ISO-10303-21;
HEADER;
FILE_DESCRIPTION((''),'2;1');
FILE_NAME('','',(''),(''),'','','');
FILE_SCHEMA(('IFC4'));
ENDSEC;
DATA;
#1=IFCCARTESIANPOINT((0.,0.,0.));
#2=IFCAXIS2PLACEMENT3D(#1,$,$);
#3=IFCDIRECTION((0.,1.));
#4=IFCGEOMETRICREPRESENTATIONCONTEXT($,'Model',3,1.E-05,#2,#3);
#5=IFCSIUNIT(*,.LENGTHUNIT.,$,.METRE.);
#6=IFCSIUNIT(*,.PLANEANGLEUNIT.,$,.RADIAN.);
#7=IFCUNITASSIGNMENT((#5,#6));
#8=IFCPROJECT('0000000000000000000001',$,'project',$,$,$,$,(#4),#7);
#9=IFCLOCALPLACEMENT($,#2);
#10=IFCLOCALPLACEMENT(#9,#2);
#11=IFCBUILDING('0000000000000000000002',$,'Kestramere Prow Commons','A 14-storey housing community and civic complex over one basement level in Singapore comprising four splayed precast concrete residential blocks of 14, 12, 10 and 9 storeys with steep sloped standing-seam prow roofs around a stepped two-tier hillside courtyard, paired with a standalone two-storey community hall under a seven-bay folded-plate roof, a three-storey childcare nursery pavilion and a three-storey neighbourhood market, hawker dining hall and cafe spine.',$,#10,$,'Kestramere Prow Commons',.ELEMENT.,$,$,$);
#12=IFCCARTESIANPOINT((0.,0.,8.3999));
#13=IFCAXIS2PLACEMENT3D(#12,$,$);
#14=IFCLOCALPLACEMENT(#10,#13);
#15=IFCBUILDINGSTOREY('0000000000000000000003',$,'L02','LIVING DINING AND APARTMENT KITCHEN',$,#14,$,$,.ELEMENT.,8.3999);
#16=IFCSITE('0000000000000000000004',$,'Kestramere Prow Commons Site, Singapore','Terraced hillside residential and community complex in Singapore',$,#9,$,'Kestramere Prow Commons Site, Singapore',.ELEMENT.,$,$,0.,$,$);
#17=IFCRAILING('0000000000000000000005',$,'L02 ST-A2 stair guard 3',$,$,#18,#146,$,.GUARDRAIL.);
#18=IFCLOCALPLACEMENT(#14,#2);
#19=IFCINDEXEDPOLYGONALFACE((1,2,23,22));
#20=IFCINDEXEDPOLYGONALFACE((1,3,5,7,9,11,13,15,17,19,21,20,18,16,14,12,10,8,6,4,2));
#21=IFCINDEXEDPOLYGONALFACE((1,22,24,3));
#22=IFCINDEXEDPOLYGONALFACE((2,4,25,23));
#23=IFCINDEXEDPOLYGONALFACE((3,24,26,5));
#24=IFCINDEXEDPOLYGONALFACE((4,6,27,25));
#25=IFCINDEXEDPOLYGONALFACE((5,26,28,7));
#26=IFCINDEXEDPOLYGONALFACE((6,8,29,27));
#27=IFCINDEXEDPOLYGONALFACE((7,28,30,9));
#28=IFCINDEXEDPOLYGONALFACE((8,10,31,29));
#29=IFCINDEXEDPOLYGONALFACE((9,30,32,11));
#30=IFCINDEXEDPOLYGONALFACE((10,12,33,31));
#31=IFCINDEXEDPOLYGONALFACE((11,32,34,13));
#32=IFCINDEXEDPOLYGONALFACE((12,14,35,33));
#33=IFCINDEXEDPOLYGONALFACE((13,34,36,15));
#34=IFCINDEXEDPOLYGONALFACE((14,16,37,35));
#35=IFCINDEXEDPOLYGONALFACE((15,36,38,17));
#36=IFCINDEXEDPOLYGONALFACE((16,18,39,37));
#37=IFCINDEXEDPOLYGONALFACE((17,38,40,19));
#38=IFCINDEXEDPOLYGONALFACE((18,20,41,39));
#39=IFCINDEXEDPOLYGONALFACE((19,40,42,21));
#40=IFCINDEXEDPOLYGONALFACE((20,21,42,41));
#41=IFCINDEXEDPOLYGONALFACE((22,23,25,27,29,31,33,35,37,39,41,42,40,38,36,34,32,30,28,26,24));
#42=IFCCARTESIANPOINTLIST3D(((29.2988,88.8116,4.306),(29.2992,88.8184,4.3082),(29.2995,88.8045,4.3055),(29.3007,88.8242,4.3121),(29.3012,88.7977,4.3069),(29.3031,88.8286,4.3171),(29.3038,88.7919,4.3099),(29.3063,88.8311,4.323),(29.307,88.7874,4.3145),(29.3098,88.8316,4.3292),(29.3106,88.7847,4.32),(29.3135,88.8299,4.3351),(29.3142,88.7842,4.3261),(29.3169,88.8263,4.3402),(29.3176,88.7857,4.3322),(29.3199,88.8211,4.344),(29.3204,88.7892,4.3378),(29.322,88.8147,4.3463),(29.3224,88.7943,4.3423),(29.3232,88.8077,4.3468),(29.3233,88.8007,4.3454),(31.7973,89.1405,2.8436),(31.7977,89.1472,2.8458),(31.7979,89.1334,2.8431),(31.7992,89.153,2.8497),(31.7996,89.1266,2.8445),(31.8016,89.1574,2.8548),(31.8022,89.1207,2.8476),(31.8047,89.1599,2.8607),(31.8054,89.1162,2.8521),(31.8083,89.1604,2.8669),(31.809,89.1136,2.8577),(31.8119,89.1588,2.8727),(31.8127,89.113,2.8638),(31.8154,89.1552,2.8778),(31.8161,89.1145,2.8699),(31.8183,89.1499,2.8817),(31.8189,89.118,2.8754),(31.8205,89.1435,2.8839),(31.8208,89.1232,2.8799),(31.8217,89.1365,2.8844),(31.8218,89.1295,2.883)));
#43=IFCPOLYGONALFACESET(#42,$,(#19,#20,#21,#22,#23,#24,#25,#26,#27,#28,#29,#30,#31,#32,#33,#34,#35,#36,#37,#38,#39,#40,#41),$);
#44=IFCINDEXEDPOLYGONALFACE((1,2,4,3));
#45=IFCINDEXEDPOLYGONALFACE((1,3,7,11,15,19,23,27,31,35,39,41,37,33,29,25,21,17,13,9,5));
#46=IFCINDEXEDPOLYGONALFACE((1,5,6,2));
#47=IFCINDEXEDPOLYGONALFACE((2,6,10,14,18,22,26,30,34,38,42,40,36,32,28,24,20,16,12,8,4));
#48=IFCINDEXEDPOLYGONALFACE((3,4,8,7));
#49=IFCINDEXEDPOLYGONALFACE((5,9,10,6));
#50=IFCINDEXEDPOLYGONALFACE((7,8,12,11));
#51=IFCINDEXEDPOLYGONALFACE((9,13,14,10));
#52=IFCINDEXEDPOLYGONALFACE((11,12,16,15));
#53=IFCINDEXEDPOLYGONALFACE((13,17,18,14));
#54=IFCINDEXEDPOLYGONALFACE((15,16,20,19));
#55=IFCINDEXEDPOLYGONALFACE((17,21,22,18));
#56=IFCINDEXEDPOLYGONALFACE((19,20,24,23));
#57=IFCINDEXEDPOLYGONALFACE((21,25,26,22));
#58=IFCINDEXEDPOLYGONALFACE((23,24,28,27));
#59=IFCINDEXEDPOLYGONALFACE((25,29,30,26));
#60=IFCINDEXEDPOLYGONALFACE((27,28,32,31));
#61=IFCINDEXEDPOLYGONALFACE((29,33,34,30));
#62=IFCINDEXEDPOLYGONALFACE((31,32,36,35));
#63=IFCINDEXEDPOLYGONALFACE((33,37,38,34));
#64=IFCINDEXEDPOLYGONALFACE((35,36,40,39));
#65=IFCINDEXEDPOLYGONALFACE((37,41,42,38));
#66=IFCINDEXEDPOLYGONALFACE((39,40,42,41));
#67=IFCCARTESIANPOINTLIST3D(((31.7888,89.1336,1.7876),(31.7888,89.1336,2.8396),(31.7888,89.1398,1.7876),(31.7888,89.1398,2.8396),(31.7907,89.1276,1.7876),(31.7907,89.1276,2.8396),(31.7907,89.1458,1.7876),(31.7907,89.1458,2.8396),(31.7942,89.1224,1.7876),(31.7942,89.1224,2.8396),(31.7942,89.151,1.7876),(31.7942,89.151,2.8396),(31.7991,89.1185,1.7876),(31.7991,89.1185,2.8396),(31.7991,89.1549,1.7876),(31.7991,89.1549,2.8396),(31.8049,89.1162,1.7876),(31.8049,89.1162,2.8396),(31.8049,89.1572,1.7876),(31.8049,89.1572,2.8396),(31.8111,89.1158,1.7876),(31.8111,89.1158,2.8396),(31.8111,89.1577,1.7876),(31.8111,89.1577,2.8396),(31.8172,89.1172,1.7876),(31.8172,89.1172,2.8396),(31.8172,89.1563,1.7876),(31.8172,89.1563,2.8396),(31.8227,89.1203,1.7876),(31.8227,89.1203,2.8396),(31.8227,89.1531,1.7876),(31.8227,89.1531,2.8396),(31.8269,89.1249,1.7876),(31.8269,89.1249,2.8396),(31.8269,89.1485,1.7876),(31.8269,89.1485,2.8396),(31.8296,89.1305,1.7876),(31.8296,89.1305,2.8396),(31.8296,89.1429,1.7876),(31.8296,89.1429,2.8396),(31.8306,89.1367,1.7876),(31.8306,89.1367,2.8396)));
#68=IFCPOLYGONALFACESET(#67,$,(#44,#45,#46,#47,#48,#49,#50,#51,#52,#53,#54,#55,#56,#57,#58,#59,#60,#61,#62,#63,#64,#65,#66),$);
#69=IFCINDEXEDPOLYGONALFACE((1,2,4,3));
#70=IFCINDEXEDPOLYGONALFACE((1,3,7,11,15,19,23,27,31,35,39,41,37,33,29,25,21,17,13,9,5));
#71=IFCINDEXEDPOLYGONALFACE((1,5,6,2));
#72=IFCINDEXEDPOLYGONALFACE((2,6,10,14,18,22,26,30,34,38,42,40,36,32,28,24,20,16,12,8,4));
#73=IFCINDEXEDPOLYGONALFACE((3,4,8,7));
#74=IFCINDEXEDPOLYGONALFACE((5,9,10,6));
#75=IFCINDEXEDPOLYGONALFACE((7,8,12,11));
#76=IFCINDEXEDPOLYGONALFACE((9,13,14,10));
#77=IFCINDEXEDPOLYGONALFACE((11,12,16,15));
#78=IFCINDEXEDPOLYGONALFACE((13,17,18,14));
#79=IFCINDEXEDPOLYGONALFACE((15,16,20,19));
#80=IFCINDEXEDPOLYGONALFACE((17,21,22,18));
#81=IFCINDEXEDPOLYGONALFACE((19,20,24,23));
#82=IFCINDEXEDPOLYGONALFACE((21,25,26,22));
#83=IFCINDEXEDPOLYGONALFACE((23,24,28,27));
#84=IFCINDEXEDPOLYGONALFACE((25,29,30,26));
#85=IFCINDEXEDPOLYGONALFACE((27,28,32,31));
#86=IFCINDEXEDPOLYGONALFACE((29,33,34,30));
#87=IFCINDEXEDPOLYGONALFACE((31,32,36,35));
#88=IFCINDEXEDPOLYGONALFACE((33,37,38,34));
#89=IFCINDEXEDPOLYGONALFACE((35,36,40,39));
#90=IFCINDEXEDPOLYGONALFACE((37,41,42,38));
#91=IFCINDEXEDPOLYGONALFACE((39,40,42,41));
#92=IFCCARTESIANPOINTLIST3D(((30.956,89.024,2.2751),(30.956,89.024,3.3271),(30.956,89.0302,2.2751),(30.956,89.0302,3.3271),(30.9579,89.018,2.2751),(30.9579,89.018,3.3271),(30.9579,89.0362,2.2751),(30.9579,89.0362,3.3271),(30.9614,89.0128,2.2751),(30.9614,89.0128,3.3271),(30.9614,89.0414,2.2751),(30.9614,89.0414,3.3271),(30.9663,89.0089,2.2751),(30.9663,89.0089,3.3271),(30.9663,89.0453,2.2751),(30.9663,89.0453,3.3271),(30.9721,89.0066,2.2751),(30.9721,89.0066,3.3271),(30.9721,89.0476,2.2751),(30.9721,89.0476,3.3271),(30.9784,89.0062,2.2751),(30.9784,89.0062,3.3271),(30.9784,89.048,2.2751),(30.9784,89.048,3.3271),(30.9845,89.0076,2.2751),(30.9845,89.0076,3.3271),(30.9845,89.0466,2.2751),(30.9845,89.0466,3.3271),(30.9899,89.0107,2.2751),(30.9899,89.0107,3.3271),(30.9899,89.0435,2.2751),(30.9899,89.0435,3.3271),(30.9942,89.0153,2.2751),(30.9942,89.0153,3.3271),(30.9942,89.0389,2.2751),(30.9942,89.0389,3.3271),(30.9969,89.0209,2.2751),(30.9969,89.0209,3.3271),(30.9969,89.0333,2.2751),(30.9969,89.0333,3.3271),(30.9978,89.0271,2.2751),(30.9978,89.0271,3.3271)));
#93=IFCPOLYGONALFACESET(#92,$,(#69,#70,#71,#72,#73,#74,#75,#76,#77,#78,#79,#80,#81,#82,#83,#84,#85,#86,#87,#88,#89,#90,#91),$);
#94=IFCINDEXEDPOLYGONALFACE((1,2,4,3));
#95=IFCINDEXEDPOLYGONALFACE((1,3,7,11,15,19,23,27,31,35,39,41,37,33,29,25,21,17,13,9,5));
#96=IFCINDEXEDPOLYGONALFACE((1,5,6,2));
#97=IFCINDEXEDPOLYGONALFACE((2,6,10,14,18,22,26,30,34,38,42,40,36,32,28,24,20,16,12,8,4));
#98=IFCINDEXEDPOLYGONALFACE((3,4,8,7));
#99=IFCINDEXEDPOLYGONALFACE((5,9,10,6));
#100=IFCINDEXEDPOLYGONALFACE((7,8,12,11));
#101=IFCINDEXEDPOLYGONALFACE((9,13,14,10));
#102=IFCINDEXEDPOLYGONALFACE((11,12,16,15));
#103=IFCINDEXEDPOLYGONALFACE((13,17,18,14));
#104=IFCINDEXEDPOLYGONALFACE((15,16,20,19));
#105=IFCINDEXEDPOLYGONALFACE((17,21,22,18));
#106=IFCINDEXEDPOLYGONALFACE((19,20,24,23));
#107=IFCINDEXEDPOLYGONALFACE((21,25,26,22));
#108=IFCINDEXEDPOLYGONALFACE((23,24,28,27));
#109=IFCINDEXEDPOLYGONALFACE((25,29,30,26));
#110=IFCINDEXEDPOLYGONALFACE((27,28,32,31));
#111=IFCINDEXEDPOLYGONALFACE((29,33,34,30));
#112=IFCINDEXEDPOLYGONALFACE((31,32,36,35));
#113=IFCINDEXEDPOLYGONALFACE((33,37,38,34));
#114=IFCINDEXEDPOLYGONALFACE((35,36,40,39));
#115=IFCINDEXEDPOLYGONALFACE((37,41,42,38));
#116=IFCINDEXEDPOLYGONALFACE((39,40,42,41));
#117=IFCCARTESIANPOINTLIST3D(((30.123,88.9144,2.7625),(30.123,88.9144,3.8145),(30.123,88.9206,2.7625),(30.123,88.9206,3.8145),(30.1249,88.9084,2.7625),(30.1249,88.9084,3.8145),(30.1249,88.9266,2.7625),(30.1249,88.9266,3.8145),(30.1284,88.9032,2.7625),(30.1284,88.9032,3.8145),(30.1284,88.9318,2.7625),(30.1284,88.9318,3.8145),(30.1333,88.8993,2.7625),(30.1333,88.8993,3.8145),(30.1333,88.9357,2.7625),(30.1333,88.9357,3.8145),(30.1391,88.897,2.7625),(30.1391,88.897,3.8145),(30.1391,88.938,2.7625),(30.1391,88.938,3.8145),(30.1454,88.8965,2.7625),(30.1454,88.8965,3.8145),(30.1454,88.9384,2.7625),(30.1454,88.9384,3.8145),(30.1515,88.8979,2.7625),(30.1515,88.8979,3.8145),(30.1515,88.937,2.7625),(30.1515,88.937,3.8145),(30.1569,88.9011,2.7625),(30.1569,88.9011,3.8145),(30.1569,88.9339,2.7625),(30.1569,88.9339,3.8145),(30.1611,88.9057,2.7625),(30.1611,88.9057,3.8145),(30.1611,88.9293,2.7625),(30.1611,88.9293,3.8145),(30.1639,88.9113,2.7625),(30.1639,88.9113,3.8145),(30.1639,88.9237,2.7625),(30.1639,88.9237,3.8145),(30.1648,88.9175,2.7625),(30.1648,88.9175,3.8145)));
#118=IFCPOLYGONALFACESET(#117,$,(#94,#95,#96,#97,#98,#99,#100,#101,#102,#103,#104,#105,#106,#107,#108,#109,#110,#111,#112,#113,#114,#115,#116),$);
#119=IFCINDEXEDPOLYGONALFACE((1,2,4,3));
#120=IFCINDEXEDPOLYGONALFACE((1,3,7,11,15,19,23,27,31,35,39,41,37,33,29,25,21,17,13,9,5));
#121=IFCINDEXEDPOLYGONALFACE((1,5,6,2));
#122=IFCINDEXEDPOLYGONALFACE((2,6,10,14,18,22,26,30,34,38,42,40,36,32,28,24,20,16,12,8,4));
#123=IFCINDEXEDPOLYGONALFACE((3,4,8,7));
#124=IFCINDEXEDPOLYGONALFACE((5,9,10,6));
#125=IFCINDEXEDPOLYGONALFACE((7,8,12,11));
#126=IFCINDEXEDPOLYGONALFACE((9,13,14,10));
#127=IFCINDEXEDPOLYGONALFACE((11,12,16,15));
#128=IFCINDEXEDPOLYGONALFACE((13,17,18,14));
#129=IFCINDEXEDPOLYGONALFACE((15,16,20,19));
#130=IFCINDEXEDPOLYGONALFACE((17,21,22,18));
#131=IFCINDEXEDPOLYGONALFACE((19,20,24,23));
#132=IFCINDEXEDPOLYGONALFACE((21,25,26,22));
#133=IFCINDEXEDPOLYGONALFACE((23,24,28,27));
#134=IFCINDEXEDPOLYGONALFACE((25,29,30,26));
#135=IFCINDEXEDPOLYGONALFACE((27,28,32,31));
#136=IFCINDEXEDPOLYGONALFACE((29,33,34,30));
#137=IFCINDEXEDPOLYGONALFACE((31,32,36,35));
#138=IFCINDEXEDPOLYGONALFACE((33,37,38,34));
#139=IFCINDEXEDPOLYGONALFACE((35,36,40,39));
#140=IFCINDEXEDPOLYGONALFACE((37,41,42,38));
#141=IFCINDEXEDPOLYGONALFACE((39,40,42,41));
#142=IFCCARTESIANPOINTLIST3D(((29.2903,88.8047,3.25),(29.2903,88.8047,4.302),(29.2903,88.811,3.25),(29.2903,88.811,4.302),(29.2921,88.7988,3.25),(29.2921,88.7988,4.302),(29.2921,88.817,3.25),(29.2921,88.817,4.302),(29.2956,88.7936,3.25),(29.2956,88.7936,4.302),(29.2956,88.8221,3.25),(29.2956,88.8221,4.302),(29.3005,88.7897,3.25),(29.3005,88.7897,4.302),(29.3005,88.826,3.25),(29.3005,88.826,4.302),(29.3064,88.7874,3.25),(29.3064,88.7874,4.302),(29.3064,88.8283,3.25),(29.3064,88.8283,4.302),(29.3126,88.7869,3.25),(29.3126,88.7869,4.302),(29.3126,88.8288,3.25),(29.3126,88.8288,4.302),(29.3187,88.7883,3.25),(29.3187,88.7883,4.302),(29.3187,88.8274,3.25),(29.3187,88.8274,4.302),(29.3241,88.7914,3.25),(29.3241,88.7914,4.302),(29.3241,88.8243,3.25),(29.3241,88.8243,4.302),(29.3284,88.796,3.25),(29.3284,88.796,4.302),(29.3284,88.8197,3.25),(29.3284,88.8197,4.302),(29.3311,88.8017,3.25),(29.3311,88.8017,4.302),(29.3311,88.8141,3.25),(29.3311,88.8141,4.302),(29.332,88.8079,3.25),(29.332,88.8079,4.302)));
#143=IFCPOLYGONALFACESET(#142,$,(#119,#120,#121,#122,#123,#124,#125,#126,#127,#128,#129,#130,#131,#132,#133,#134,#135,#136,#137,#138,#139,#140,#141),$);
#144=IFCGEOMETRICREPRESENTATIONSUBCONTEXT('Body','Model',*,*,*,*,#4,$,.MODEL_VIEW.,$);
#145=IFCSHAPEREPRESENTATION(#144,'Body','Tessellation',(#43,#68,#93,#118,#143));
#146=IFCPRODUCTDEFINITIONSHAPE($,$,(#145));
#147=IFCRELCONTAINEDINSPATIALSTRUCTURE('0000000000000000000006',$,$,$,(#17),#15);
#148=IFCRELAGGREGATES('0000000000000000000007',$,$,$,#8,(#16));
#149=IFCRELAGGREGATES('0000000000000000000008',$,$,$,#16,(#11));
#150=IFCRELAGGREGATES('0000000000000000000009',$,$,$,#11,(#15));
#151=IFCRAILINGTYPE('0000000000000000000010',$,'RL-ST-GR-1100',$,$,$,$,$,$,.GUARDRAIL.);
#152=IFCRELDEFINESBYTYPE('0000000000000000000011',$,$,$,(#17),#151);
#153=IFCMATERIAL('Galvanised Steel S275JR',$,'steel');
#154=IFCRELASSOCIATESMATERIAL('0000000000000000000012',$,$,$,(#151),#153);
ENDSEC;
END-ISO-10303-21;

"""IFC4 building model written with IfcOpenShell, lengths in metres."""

from ifc_helpers import new_model, si_unit, direction, frame, origin, origin_2d, place, context, subcontext, project, spatial, circle, extrude, material, type_object, element, save


model = new_model("IFC4")

# Units and contexts
model_context = context("Model", 3, precision=1e-05, world=origin(), true_north=direction((0.0, 1.0)))
body_context = subcontext(model_context, "Body", "Model", "MODEL_VIEW")
ifc_project = project(units=[si_unit("LENGTHUNIT", "METRE"), si_unit("PLANEANGLEUNIT", "RADIAN")], contexts=[model_context])

# Site, building, storey
site_placement = place(None, origin())
site = spatial("IfcSite", under=ifc_project, at=site_placement, Name="Kestramere Prow Commons Site, Singapore", Description="Terraced hillside residential and community complex in Singapore", LongName="Kestramere Prow Commons Site, Singapore", CompositionType="ELEMENT", RefElevation=0.0)
building_placement = place(site_placement, origin())
building = spatial("IfcBuilding", under=site, at=building_placement, Name="Kestramere Prow Commons", Description="A 14-storey housing community and civic complex over one basement level in Singapore comprising four splayed precast concrete residential blocks of 14, 12, 10 and 9 storeys with steep sloped standing-seam prow roofs around a stepped two-tier hillside courtyard, paired with a standalone two-storey community hall under a seven-bay folded-plate roof, a three-storey childcare nursery pavilion and a three-storey neighbourhood market, hawker dining hall and cafe spine.", LongName="Kestramere Prow Commons", CompositionType="ELEMENT")
storey_placement = place(building_placement, frame((0.0, 0.0, 8.3999)))
storey = spatial("IfcBuildingStorey", under=building, at=storey_placement, Name="L02", Description="LIVING DINING AND APARTMENT KITCHEN", CompositionType="ELEMENT", Elevation=8.3999)

# Railing
ifc_material_1 = material(Name="Galvanised Steel S275JR", Category="steel")
railing_type_1 = type_object("IfcRailingType", Name="RL-ST-GR-1100", PredefinedType="GUARDRAIL", material=ifc_material_1)
railing_1_placement = place(storey_placement, frame((31.8096, 89.1367, 1.7876)))
element("IfcRailing", 1, at=railing_1_placement, inside=storey, type_object=railing_type_1, Name="L02 ST-A2 stair guard 3", PredefinedType="GUARDRAIL", context=body_context, shape_type="SweptSolid", body=[
    extrude(circle(Radius=0.0239, at=origin_2d()), frame((0.0, 0.0, 1.0762), z_axis=(-0.857523, -0.112867, 0.501912), x_axis=(0.130495, -0.991449, 0.0)), (0.0, 0.0, 1.0), 2.9136),
    extrude(circle(Radius=0.021, at=origin_2d()), origin(), (0.0, 0.0, 1.0), 1.052),
    extrude(circle(Radius=0.021, at=origin_2d()), frame((-0.8328, -0.1096, 0.4875)), (0.0, 0.0, 1.0), 1.052),
    extrude(circle(Radius=0.021, at=origin_2d()), frame((-1.6658, -0.2192, 0.9749)), (0.0, 0.0, 1.0), 1.052),
    extrude(circle(Radius=0.021, at=origin_2d()), frame((-2.4985, -0.3289, 1.4624)), (0.0, 0.0, 1.0), 1.052),
])

save(model, "model.ifc")
